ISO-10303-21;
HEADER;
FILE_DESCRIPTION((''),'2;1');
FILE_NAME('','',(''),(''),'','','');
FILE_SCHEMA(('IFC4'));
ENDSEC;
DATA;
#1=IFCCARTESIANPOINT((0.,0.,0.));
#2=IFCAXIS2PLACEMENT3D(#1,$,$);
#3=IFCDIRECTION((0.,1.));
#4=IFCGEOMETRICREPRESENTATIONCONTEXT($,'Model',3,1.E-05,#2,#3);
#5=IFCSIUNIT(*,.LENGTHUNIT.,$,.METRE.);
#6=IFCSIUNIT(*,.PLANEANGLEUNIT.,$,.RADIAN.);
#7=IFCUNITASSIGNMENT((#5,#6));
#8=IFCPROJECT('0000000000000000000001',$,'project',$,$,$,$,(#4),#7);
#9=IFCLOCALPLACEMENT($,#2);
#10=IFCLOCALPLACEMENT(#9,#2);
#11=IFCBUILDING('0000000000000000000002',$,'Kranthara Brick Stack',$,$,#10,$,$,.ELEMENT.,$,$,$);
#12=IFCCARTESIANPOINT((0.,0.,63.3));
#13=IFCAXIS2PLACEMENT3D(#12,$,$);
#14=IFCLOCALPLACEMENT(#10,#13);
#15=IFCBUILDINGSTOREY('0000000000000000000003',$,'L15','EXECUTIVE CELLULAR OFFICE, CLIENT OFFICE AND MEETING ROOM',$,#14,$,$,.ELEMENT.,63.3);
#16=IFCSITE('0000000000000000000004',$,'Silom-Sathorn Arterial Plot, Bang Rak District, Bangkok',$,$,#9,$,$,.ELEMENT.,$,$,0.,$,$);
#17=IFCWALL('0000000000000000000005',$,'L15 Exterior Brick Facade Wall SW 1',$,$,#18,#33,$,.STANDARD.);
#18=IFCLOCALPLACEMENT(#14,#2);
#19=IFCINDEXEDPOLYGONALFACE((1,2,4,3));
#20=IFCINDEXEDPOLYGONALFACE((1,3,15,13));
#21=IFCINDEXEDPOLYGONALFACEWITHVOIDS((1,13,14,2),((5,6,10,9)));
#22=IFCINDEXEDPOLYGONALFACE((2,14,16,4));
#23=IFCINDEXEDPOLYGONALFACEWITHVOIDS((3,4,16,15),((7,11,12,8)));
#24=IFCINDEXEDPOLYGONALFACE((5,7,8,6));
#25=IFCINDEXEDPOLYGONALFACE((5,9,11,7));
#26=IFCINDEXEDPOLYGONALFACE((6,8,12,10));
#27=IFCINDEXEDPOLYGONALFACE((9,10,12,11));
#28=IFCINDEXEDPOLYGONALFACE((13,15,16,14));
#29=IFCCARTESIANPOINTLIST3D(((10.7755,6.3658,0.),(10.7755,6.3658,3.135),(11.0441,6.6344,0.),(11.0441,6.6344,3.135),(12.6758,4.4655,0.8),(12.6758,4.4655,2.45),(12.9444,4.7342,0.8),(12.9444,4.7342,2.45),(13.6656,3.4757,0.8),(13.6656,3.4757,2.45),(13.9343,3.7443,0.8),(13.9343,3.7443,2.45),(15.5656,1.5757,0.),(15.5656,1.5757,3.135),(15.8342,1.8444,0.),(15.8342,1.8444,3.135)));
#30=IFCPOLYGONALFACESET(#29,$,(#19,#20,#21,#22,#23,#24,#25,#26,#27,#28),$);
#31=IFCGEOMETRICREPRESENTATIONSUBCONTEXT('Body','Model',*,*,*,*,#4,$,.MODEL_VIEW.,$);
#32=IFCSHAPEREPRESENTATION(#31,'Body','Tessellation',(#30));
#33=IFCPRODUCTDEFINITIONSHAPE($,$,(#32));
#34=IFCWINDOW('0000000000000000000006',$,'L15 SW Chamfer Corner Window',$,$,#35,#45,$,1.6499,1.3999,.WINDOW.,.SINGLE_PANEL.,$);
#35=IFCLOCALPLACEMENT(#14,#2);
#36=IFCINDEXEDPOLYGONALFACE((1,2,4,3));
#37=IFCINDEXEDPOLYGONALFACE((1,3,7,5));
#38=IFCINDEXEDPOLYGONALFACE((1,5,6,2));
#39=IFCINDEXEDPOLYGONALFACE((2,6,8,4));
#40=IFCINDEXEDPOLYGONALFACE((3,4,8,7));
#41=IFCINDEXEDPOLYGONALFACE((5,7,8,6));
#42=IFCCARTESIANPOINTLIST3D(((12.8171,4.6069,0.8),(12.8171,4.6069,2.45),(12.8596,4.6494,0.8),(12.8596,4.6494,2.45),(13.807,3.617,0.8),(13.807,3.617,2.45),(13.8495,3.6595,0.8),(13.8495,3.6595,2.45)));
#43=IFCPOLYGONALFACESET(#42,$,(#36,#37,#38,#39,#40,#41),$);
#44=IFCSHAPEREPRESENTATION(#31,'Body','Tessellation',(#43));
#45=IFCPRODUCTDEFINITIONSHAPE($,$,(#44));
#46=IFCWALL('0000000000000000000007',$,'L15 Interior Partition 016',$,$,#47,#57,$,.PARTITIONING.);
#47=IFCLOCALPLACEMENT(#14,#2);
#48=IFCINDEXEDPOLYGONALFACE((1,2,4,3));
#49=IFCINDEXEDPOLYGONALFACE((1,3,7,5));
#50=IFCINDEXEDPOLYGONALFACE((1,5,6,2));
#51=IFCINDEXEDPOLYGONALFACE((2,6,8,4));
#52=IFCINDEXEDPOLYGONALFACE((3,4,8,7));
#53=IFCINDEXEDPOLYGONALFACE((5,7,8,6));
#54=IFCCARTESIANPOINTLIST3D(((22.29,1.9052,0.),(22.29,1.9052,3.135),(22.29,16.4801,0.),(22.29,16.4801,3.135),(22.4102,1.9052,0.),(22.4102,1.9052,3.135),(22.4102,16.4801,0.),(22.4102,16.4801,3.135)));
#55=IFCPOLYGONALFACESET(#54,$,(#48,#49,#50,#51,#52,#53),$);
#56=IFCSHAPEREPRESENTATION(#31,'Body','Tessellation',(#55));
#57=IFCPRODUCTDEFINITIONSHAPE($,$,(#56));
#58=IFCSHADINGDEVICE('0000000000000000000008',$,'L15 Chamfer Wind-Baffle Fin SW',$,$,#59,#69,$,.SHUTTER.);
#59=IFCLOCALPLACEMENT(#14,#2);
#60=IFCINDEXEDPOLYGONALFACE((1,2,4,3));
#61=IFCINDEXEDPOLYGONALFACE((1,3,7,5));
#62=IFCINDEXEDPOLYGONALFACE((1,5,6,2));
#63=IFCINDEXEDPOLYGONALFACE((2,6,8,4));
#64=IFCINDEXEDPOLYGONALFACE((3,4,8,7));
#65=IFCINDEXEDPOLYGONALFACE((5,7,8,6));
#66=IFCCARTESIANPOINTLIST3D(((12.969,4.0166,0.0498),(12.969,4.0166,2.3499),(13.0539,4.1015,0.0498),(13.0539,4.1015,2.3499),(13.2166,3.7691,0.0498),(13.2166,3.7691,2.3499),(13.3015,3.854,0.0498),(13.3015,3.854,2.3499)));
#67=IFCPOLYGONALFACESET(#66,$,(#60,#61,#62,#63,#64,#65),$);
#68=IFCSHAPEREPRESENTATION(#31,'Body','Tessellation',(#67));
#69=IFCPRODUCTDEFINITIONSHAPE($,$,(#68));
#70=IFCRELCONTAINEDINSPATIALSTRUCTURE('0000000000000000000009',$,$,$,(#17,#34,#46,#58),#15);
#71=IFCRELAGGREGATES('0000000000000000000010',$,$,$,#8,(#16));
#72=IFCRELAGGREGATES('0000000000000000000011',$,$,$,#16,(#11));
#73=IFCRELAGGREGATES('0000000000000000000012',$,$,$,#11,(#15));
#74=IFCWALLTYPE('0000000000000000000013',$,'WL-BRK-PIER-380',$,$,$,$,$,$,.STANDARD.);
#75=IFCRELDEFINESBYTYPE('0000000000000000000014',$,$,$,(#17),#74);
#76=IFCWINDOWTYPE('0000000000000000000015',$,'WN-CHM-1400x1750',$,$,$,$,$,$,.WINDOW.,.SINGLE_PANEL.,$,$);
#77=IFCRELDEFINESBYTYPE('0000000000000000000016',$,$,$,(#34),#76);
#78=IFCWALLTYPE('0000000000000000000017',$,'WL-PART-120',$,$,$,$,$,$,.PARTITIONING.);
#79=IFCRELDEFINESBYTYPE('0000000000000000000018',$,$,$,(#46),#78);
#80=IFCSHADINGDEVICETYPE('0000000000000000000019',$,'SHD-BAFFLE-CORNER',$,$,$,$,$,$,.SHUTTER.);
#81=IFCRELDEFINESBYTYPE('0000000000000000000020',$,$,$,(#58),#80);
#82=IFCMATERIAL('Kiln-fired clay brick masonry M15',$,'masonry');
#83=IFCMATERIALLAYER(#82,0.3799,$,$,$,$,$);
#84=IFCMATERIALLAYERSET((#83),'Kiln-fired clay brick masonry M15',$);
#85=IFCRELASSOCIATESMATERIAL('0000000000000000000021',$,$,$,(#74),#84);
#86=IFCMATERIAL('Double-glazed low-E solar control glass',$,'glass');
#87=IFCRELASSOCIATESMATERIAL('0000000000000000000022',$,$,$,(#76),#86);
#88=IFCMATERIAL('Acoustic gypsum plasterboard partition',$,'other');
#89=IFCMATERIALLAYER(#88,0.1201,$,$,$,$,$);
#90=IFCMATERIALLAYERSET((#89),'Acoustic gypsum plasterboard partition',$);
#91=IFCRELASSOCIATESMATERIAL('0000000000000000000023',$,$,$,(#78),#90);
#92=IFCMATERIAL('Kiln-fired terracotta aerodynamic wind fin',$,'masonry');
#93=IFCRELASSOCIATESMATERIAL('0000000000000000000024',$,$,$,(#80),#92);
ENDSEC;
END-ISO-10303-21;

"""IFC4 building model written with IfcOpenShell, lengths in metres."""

from ifc_helpers import new_model, si_unit, direction, frame, frame_2d, origin, origin_2d, place, context, subcontext, project, spatial, rectangle, extrude, material, layer, layer_set, type_object, element, fill, save


model = new_model("IFC4")

# Units and contexts
model_context = context("Model", 3, precision=1e-05, world=origin(), true_north=direction((0.0, 1.0)))
body_context = subcontext(model_context, "Body", "Model", "MODEL_VIEW")
ifc_project = project(units=[si_unit("LENGTHUNIT", "METRE"), si_unit("PLANEANGLEUNIT", "RADIAN")], contexts=[model_context])

# Site, building, storey
site_placement = place(None, origin())
site = spatial("IfcSite", under=ifc_project, at=site_placement, Name="Silom-Sathorn Arterial Plot, Bang Rak District, Bangkok", CompositionType="ELEMENT", RefElevation=0.0)
building_placement = place(site_placement, origin())
building = spatial("IfcBuilding", under=site, at=building_placement, Name="Kranthara Brick Stack", CompositionType="ELEMENT")
storey_placement = place(building_placement, frame((0.0, 0.0, 63.3)))
storey = spatial("IfcBuildingStorey", under=building, at=storey_placement, Name="L15", Description="EXECUTIVE CELLULAR OFFICE, CLIENT OFFICE AND MEETING ROOM", CompositionType="ELEMENT", Elevation=63.3)

# Wall, opening, window
ifc_material_1 = material(Name="Kiln-fired clay brick masonry M15", Category="masonry")
ifc_layer_1 = layer(ifc_material_1, 0.3799)
ifc_layer_set_1 = layer_set([ifc_layer_1], Name="Kiln-fired clay brick masonry M15")
wall_type_1 = type_object("IfcWallType", Name="WL-BRK-PIER-380", PredefinedType="STANDARD", material=ifc_layer_set_1)
wall_1_placement = place(storey_placement, frame((15.7, 1.71, 0.0), z_axis=(0.0, 0.0, 1.0), x_axis=(-0.707107, 0.707107, 0.0)))
wall_1 = element("IfcWall", 1, at=wall_1_placement, inside=storey, type_object=wall_type_1, Name="L15 Exterior Brick Facade Wall SW 1", PredefinedType="STANDARD", context=body_context, shape_type="SweptSolid", body=[
    extrude(rectangle(XDim=6.7742, YDim=0.3799, at=frame_2d((3.3872, 0.0))), origin(), (0.0, 0.0, 1.0), 3.135),
])
opening_placement = place(wall_1_placement, frame((2.687, 0.0, 0.8)))
opening = element("IfcOpeningElement", 2, at=opening_placement, cuts=wall_1, PredefinedType="OPENING", context=body_context, shape_type="SweptSolid", body=[
    extrude(rectangle(XDim=1.3999, YDim=1.6499, at=frame_2d((0.7, 0.825))), frame((0.0, 0.2, 0.0), z_axis=(0.0, -1.0, 0.0), x_axis=(1.0, 0.0, 0.0)), (0.0, 0.0, 1.0), 0.3999),
])
ifc_material_2 = material(Name="Double-glazed low-E solar control glass", Category="glass")
window_type = type_object("IfcWindowType", Name="WN-CHM-1400x1750", PartitioningType="SINGLE_PANEL", PredefinedType="WINDOW", material=ifc_material_2)
window_placement = place(opening_placement, origin())
window = element("IfcWindow", 3, at=window_placement, inside=storey, type_object=window_type, Name="L15 SW Chamfer Corner Window", OverallHeight=1.6499, OverallWidth=1.3999, PartitioningType="SINGLE_PANEL", PredefinedType="WINDOW", context=body_context, shape_type="SweptSolid", body=[
    extrude(rectangle(XDim=1.3999, YDim=1.6499, at=frame_2d((0.7, 0.825))), frame((0.0, -0.01, 0.0), z_axis=(0.0, -1.0, 0.0), x_axis=(1.0, 0.0, 0.0)), (0.0, 0.0, 1.0), 0.0601),
])
fill(opening, window)

# Wall
ifc_material_3 = material(Name="Acoustic gypsum plasterboard partition", Category="other")
ifc_layer_2 = layer(ifc_material_3, 0.1201)
ifc_layer_set_2 = layer_set([ifc_layer_2], Name="Acoustic gypsum plasterboard partition")
wall_type_2 = type_object("IfcWallType", Name="WL-PART-120", PredefinedType="PARTITIONING", material=ifc_layer_set_2)
wall_2_placement = place(storey_placement, frame((22.3501, 1.905, 0.0), z_axis=(0.0, 0.0, 1.0), x_axis=(0.0, 1.0, 0.0)))
element("IfcWall", 4, at=wall_2_placement, inside=storey, type_object=wall_type_2, Name="L15 Interior Partition 016", PredefinedType="PARTITIONING", context=body_context, shape_type="SweptSolid", body=[
    extrude(rectangle(XDim=14.575, YDim=0.1201, at=frame_2d((7.2876, 0.0))), origin(), (0.0, 0.0, 1.0), 3.135),
])

# Shading device
ifc_material_4 = material(Name="Kiln-fired terracotta aerodynamic wind fin", Category="masonry")
shading_device_type = type_object("IfcShadingDeviceType", Name="SHD-BAFFLE-CORNER", PredefinedType="SHUTTER", material=ifc_material_4)
shading_device_placement = place(storey_placement, frame((13.1353, 3.9353, 0.0498), z_axis=(0.0, 0.0, 1.0), x_axis=(-0.707107, 0.707107, 0.0)))
element("IfcShadingDevice", 5, at=shading_device_placement, inside=storey, type_object=shading_device_type, Name="L15 Chamfer Wind-Baffle Fin SW", PredefinedType="SHUTTER", context=body_context, shape_type="SweptSolid", body=[
    extrude(rectangle(XDim=0.3501, YDim=0.1201, at=origin_2d()), origin(), (0.0, 0.0, 1.0), 2.3),
])

save(model, "model.ifc")
